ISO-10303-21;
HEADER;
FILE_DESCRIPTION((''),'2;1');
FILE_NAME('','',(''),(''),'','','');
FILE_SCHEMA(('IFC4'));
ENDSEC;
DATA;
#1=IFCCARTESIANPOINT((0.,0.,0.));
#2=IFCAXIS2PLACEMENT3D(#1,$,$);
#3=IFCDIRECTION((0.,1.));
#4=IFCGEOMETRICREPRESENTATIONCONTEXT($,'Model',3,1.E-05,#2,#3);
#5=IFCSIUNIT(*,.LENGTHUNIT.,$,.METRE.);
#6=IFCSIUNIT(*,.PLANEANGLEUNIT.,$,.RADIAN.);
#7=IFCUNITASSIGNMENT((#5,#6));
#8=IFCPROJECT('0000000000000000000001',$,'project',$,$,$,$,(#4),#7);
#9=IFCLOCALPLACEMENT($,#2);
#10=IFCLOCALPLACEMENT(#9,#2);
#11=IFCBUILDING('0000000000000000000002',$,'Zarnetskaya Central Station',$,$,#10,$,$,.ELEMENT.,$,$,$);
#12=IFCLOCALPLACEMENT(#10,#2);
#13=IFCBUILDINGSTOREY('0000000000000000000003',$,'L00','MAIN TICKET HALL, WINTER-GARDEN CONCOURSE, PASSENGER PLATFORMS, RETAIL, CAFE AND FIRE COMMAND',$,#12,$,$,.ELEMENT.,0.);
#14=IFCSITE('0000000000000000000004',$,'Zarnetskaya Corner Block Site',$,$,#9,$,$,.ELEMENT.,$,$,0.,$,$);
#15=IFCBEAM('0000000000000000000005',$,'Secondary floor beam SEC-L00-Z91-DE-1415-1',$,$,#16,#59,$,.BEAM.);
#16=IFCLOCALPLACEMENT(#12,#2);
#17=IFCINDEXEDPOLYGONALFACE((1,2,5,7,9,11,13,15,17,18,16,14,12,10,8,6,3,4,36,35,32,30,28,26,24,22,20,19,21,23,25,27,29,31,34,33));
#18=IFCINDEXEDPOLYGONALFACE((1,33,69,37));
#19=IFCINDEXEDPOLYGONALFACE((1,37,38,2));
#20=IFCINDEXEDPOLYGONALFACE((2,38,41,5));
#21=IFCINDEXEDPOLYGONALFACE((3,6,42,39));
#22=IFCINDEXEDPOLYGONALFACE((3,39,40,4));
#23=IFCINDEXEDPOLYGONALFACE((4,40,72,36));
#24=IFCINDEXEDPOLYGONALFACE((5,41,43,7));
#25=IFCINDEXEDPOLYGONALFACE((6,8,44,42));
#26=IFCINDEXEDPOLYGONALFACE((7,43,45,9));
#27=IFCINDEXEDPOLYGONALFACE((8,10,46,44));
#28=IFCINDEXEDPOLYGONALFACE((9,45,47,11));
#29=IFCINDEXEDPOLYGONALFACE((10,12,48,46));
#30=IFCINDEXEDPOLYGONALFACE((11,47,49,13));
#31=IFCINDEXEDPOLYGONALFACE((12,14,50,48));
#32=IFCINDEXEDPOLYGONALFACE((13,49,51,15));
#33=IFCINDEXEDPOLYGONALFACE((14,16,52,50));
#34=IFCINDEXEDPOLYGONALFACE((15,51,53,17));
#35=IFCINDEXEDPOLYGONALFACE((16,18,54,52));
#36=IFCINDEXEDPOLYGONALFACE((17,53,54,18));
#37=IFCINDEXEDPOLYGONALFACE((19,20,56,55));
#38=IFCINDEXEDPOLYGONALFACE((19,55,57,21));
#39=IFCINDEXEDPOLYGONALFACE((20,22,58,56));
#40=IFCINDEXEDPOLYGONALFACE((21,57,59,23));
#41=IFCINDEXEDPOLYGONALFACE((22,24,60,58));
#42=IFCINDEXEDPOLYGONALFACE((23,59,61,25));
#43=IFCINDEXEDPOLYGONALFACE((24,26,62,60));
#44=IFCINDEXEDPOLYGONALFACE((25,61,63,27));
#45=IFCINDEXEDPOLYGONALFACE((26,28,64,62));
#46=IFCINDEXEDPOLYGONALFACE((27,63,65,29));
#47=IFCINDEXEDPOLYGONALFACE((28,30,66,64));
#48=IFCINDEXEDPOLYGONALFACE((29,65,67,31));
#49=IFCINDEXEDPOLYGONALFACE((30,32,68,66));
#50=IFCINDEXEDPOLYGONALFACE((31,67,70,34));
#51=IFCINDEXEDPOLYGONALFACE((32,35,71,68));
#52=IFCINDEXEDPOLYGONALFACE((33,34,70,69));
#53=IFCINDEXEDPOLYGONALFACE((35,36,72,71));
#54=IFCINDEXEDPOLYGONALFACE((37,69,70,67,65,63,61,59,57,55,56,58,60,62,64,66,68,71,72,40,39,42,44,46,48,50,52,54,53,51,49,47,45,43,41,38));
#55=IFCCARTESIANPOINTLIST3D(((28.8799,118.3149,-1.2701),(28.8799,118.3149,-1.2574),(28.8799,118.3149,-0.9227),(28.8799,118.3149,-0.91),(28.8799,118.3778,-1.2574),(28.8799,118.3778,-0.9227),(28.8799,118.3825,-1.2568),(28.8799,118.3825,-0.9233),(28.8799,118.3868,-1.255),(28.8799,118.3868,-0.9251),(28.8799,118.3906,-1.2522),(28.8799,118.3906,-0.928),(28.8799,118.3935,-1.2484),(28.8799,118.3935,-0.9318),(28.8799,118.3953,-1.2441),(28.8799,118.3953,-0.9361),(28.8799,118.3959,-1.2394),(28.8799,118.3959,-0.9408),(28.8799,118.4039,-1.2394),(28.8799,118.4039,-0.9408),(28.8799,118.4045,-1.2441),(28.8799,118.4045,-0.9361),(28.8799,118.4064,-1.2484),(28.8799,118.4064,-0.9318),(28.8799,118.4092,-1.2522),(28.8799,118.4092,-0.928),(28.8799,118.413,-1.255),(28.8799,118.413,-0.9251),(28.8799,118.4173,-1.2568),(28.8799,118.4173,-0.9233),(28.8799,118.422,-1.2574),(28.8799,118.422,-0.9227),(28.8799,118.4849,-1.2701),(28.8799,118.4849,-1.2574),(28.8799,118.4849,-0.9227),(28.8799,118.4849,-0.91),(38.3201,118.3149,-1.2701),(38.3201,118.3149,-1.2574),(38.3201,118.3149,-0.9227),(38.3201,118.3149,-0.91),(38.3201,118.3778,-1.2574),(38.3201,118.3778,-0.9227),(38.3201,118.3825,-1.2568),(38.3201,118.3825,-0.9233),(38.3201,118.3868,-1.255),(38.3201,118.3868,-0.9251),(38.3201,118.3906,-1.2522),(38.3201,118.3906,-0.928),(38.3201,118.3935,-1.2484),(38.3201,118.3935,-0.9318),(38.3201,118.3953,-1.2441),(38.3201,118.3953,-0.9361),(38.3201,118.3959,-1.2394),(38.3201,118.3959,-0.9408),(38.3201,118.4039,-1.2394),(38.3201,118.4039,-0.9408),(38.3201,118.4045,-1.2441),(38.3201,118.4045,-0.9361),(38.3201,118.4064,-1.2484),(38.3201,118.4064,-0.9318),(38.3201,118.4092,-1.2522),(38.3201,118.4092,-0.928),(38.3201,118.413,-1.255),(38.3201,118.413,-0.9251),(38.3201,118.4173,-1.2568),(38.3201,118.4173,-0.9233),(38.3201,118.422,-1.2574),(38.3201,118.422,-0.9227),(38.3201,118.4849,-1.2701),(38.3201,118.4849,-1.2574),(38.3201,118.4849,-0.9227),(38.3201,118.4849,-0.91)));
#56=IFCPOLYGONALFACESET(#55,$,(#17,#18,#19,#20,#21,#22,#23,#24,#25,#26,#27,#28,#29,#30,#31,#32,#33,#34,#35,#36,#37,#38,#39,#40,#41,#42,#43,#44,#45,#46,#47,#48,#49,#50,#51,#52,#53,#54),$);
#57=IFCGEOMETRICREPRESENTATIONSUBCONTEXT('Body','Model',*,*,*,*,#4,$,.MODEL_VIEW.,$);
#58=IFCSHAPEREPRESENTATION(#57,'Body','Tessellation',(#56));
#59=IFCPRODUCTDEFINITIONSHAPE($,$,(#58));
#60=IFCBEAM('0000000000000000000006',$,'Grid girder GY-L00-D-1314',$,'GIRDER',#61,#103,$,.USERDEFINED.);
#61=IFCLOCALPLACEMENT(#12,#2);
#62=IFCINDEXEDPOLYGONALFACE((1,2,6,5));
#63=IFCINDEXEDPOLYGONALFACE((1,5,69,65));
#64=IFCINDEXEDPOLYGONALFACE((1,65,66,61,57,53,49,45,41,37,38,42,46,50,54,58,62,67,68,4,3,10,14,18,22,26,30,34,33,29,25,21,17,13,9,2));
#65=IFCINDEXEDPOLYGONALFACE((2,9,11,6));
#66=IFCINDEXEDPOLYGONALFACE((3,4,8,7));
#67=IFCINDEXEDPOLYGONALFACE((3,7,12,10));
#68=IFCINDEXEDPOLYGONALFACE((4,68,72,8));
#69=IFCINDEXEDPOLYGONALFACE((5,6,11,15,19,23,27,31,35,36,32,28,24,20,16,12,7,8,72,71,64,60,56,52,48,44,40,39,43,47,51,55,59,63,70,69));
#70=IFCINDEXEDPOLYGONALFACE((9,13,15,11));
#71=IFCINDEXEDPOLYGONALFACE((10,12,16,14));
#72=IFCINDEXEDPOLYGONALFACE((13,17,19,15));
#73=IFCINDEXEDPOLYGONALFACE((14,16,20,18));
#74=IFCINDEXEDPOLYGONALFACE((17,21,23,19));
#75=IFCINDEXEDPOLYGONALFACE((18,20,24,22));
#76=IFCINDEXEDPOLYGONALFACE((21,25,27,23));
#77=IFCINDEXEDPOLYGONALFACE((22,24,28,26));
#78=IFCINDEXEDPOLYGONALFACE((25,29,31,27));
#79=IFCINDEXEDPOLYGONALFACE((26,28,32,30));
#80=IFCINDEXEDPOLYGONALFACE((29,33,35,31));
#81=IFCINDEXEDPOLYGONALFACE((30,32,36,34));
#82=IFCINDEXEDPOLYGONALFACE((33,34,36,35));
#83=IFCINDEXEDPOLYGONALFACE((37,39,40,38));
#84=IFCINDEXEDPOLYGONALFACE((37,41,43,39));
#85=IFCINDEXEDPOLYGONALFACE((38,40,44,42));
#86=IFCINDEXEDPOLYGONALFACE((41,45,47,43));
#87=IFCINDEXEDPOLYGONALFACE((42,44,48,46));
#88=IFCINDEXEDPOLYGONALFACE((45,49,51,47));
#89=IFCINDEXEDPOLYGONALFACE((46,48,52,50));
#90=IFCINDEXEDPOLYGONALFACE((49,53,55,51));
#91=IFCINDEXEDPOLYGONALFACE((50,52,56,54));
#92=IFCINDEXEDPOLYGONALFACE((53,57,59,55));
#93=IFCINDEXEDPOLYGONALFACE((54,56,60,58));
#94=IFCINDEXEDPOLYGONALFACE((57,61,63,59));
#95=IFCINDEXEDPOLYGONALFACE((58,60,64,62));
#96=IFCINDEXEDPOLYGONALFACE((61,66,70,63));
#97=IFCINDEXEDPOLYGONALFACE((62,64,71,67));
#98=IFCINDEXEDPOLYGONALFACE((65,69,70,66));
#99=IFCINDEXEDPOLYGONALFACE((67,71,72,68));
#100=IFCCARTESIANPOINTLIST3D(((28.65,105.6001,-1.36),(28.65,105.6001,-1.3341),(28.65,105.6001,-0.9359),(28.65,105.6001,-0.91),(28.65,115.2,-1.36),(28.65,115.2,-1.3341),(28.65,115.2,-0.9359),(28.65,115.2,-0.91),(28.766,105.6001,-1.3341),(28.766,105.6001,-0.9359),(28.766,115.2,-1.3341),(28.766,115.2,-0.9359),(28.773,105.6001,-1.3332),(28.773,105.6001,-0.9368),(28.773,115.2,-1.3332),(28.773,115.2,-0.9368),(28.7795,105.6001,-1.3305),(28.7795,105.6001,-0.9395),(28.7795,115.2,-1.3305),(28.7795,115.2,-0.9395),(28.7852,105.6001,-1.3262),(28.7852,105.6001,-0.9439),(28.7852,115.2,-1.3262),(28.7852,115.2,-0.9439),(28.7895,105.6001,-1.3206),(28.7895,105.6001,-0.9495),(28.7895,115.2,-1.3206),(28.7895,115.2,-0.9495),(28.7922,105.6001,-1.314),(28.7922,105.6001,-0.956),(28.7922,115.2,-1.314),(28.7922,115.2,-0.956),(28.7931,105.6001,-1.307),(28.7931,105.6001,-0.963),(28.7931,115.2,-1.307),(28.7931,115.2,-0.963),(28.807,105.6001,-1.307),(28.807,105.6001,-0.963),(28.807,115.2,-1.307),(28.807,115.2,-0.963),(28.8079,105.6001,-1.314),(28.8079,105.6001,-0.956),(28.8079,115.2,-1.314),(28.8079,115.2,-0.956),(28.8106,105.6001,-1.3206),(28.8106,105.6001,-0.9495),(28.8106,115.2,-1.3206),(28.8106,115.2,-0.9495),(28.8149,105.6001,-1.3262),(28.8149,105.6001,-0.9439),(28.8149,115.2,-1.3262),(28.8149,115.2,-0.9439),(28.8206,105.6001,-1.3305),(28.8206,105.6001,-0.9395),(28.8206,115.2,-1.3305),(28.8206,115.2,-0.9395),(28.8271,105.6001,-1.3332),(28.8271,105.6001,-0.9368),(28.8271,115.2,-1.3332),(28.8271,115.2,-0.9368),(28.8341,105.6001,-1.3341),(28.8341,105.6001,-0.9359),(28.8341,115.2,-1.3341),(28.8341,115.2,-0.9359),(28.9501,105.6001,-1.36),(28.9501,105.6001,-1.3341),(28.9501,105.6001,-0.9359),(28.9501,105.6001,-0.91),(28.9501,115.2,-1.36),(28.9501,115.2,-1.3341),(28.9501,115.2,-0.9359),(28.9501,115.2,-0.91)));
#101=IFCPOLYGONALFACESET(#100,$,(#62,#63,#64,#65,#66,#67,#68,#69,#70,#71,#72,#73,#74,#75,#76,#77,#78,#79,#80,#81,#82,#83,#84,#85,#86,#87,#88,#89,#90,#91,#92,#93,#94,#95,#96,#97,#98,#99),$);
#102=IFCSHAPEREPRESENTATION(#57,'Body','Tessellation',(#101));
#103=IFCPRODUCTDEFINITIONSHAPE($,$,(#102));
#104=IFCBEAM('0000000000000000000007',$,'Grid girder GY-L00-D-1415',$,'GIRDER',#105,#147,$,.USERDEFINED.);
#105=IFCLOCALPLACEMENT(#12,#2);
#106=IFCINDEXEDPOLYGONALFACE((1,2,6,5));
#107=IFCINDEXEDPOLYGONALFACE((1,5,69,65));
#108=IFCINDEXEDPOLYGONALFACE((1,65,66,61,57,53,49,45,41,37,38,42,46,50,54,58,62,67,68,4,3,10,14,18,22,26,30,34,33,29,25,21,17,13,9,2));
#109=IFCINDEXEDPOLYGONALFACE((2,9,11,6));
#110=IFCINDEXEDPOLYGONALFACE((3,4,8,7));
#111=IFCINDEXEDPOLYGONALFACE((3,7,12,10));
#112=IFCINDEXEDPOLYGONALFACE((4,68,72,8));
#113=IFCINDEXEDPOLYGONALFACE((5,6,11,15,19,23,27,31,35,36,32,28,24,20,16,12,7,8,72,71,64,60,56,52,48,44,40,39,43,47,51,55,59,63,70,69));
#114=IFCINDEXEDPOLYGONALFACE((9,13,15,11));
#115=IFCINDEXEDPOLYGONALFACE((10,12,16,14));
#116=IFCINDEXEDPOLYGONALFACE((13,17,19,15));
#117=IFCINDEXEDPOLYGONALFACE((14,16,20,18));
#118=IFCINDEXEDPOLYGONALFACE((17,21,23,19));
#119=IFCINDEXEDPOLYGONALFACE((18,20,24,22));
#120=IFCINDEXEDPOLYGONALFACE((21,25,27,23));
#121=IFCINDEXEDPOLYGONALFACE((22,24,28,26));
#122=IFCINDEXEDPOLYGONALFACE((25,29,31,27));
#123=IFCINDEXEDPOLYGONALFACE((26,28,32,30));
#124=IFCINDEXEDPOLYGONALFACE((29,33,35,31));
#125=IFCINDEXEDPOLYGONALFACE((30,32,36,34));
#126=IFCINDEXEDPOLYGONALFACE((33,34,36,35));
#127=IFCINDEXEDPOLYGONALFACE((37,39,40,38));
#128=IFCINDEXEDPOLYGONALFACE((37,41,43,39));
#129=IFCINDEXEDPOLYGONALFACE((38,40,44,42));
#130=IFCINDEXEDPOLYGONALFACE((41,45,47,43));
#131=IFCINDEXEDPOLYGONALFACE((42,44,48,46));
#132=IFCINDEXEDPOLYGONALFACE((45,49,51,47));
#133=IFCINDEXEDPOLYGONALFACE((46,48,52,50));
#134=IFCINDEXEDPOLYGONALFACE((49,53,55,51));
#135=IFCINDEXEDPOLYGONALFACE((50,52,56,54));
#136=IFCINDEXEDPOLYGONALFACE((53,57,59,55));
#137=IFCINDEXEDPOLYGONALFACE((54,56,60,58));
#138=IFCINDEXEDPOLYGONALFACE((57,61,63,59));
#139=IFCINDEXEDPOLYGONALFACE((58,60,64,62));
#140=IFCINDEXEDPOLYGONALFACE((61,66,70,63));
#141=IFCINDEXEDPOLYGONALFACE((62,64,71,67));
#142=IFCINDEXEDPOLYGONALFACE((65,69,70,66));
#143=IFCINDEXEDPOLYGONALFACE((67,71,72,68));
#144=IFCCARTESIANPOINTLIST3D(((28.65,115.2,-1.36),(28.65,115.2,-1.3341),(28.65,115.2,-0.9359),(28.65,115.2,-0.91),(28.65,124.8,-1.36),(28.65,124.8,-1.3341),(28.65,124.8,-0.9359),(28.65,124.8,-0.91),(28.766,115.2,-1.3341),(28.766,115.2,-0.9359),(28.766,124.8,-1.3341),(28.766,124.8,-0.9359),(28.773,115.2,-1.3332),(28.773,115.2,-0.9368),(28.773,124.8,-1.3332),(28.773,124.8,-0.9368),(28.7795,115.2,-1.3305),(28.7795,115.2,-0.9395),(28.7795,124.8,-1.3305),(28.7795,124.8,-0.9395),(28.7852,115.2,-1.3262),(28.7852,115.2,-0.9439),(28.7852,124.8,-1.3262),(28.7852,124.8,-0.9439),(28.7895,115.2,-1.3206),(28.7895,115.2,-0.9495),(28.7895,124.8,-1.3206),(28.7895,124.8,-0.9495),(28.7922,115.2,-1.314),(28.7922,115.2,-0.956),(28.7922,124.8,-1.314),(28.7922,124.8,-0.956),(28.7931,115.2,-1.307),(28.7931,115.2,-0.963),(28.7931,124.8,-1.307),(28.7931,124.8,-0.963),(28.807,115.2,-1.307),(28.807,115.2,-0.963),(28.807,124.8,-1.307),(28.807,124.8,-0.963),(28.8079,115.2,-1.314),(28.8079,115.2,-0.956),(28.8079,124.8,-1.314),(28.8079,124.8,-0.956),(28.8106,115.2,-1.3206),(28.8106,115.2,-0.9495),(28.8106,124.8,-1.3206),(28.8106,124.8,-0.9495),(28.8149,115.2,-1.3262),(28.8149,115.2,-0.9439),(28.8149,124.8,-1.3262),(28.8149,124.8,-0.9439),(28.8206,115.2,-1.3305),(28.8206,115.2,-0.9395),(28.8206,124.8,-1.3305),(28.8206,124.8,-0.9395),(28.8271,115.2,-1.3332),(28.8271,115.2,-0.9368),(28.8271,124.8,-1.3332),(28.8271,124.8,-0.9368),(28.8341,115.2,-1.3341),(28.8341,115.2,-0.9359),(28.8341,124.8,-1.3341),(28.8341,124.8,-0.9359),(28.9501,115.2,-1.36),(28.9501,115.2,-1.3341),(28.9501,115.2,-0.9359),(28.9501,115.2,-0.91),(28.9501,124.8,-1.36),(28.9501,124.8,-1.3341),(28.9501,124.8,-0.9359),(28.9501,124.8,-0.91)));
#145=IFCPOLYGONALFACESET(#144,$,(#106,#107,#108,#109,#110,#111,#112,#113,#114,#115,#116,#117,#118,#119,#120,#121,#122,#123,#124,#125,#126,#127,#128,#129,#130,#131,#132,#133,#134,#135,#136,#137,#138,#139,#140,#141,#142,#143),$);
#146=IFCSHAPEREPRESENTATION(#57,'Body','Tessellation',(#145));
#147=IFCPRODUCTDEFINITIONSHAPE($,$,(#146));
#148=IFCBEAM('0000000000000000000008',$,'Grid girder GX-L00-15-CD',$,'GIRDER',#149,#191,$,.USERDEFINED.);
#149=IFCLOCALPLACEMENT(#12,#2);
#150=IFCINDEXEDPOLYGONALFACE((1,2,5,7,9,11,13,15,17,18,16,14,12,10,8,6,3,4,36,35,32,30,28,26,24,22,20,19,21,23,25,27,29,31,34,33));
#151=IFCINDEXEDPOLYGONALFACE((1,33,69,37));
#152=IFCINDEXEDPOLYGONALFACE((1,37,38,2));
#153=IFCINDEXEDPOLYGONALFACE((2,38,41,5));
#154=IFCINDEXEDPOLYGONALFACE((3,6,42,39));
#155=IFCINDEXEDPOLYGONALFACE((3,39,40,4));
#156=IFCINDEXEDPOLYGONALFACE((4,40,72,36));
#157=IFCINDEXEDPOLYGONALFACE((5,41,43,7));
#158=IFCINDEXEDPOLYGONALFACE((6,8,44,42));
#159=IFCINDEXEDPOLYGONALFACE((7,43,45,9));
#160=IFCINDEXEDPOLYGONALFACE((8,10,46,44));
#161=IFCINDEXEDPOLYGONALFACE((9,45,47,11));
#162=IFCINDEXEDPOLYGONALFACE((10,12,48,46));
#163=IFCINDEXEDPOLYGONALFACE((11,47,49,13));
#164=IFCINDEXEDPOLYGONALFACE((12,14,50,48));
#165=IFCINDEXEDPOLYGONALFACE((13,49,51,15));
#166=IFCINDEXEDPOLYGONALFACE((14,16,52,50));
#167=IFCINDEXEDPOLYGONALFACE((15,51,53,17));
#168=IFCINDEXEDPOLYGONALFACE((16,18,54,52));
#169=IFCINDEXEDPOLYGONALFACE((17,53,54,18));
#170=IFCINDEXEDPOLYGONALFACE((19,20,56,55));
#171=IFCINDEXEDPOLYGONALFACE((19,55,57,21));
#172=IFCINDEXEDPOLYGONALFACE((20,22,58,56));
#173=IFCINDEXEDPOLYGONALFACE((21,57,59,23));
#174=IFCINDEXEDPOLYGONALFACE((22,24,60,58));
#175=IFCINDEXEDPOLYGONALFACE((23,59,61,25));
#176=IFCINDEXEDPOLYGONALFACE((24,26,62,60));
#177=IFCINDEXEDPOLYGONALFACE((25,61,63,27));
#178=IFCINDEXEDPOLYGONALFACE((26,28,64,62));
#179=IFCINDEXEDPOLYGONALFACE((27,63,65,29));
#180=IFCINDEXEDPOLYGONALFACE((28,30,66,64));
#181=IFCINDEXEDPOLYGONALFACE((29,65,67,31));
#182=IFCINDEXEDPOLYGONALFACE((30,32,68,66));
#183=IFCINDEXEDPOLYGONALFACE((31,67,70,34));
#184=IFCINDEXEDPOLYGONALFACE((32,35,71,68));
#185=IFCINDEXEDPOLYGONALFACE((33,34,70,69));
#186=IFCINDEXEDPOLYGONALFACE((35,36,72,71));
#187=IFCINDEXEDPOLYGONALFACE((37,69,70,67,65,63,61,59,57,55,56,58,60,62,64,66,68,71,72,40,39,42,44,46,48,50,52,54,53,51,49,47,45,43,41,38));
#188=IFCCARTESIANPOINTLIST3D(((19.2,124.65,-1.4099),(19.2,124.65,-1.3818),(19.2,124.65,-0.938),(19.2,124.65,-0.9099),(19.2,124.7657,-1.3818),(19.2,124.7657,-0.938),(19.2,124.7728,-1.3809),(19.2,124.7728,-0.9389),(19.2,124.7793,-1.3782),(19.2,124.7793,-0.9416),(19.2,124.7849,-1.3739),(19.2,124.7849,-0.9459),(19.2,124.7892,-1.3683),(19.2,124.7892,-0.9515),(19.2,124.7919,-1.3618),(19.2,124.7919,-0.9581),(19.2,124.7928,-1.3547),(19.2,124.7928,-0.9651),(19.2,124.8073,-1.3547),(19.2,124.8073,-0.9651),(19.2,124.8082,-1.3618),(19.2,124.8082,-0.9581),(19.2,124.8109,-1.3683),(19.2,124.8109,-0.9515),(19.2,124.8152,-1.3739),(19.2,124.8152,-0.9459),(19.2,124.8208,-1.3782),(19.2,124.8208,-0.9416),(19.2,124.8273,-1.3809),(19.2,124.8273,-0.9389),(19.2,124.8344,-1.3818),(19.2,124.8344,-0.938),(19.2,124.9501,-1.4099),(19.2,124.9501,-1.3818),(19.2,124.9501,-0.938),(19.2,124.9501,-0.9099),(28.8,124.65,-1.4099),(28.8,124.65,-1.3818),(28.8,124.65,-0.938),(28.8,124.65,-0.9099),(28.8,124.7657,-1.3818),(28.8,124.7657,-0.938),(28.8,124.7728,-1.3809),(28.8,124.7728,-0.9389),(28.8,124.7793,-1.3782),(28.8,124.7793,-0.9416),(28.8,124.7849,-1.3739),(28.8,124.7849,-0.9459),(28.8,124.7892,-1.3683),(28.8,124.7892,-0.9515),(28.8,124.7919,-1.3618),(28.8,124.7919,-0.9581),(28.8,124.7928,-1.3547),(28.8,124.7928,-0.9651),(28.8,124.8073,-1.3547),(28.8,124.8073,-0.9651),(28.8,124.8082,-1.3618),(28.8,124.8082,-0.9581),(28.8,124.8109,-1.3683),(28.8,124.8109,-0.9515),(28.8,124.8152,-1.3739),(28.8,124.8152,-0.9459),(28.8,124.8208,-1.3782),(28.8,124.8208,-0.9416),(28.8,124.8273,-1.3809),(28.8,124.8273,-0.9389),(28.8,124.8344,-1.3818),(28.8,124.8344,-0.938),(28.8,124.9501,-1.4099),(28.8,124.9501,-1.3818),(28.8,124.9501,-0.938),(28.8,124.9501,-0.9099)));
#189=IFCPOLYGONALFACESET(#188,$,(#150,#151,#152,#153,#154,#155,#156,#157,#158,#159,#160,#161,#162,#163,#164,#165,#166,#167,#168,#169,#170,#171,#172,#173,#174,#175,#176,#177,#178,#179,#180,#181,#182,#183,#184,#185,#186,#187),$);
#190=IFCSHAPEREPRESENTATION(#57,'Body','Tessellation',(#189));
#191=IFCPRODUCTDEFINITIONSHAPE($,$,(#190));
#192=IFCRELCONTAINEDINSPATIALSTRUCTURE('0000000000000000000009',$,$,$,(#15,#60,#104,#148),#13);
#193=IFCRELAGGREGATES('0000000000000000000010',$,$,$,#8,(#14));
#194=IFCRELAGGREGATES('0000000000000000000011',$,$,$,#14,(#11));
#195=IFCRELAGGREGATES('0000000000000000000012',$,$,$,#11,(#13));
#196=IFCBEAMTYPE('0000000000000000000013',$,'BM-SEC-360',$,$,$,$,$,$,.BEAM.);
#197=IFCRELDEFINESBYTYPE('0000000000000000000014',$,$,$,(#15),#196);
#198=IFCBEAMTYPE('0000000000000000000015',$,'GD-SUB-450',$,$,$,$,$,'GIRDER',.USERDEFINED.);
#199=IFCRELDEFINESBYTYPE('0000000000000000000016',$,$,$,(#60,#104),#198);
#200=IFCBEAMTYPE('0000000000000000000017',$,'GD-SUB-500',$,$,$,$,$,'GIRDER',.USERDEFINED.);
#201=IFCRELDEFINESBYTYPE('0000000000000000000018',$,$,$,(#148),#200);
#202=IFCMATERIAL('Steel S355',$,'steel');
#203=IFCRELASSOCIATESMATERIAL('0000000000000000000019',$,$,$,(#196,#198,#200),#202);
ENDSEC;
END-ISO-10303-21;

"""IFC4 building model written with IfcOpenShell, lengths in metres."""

from ifc_helpers import new_model, si_unit, direction, frame, origin, origin_2d, place, context, subcontext, project, spatial, i_section, extrude, material, material_profile, profile_set, type_object, element, save


model = new_model("IFC4")

# Units and contexts
model_context = context("Model", 3, precision=1e-05, world=origin(), true_north=direction((0.0, 1.0)))
body_context = subcontext(model_context, "Body", "Model", "MODEL_VIEW")
ifc_project = project(units=[si_unit("LENGTHUNIT", "METRE"), si_unit("PLANEANGLEUNIT", "RADIAN")], contexts=[model_context])

# Site, building, storey
site_placement = place(None, origin())
site = spatial("IfcSite", under=ifc_project, at=site_placement, Name="Zarnetskaya Corner Block Site", CompositionType="ELEMENT", RefElevation=0.0)
building_placement = place(site_placement, origin())
building = spatial("IfcBuilding", under=site, at=building_placement, Name="Zarnetskaya Central Station", CompositionType="ELEMENT")
storey_placement = place(building_placement, origin())
storey = spatial("IfcBuildingStorey", under=building, at=storey_placement, Name="L00", Description="MAIN TICKET HALL, WINTER-GARDEN CONCOURSE, PASSENGER PLATFORMS, RETAIL, CAFE AND FIRE COMMAND", CompositionType="ELEMENT", Elevation=0.0)

# Shared definitions
ifc_material = material(Name="Steel S355", Category="steel")

# Beams
ifc_material_profile_1 = material_profile(ifc_material, i_section(OverallWidth=0.1699, OverallDepth=0.3601, WebThickness=0.0081, FlangeThickness=0.0127, FilletRadius=0.0181, at=origin_2d()), Name="IPE 360")
ifc_profile_set_1 = profile_set([ifc_material_profile_1], Name="Steel S355")
beam_type_1 = type_object("IfcBeamType", Name="BM-SEC-360", PredefinedType="BEAM", material=ifc_profile_set_1)
for number, where, z_axis, x_axis, name in (
    (1, (28.8799, 118.3999, -1.0901), (1.0, 0.0, 0.0), (0.0, 1.0, 0.0), "Secondary floor beam SEC-L00-Z91-DE-1415-1"),
):
    element("IfcBeam", number, at=place(storey_placement, frame(where, z_axis=z_axis, x_axis=x_axis)), inside=storey, type_object=beam_type_1, Name=name, PredefinedType="BEAM", context=body_context, shape_type="SweptSolid", body=[
        extrude(i_section(OverallWidth=0.1699, OverallDepth=0.3601, WebThickness=0.0081, FlangeThickness=0.0127, FilletRadius=0.0181, at=origin_2d()), origin(), (0.0, 0.0, 1.0), 9.4402),
    ])
ifc_material_profile_2 = material_profile(ifc_material, i_section(OverallWidth=0.3, OverallDepth=0.45, WebThickness=0.0139, FlangeThickness=0.0259, FilletRadius=0.0271, at=origin_2d()), Name="HEB 450")
ifc_profile_set_2 = profile_set([ifc_material_profile_2], Name="Steel S355")
beam_type_2 = type_object("IfcBeamType", Name="GD-SUB-450", ElementType="GIRDER", PredefinedType="USERDEFINED", material=ifc_profile_set_2)
beam_1_placement = place(storey_placement, frame((28.8, 105.6001, -1.135), z_axis=(0.0, 1.0, 0.0), x_axis=(-1.0, 0.0, 0.0)))
element("IfcBeam", 2, at=beam_1_placement, inside=storey, type_object=beam_type_2, Name="Grid girder GY-L00-D-1314", ObjectType="GIRDER", PredefinedType="USERDEFINED", context=body_context, shape_type="SweptSolid", body=[
    extrude(i_section(OverallWidth=0.3, OverallDepth=0.45, WebThickness=0.0139, FlangeThickness=0.0259, FilletRadius=0.0271, at=origin_2d()), origin(), (0.0, 0.0, 1.0), 9.5999),
])
beam_2_placement = place(storey_placement, frame((28.8, 115.2, -1.135), z_axis=(0.0, 1.0, 0.0), x_axis=(-1.0, 0.0, 0.0)))
element("IfcBeam", 3, at=beam_2_placement, inside=storey, type_object=beam_type_2, Name="Grid girder GY-L00-D-1415", ObjectType="GIRDER", PredefinedType="USERDEFINED", context=body_context, shape_type="SweptSolid", body=[
    extrude(i_section(OverallWidth=0.3, OverallDepth=0.45, WebThickness=0.0139, FlangeThickness=0.0259, FilletRadius=0.0271, at=origin_2d()), origin(), (0.0, 0.0, 1.0), 9.6001),
])
ifc_material_profile_3 = material_profile(ifc_material, i_section(OverallWidth=0.3, OverallDepth=0.5, WebThickness=0.0144, FlangeThickness=0.0281, FilletRadius=0.0271, at=origin_2d()), Name="HEB 500")
ifc_profile_set_3 = profile_set([ifc_material_profile_3], Name="Steel S355")
beam_type_3 = type_object("IfcBeamType", Name="GD-SUB-500", ElementType="GIRDER", PredefinedType="USERDEFINED", material=ifc_profile_set_3)
beam_3_placement = place(storey_placement, frame((19.2, 124.8, -1.1599), z_axis=(1.0, 0.0, 0.0), x_axis=(0.0, 1.0, 0.0)))
element("IfcBeam", 4, at=beam_3_placement, inside=storey, type_object=beam_type_3, Name="Grid girder GX-L00-15-CD", ObjectType="GIRDER", PredefinedType="USERDEFINED", context=body_context, shape_type="SweptSolid", body=[
    extrude(i_section(OverallWidth=0.3, OverallDepth=0.5, WebThickness=0.0144, FlangeThickness=0.0281, FilletRadius=0.0271, at=origin_2d()), origin(), (0.0, 0.0, 1.0), 9.6001),
])

save(model, "model.ifc")
